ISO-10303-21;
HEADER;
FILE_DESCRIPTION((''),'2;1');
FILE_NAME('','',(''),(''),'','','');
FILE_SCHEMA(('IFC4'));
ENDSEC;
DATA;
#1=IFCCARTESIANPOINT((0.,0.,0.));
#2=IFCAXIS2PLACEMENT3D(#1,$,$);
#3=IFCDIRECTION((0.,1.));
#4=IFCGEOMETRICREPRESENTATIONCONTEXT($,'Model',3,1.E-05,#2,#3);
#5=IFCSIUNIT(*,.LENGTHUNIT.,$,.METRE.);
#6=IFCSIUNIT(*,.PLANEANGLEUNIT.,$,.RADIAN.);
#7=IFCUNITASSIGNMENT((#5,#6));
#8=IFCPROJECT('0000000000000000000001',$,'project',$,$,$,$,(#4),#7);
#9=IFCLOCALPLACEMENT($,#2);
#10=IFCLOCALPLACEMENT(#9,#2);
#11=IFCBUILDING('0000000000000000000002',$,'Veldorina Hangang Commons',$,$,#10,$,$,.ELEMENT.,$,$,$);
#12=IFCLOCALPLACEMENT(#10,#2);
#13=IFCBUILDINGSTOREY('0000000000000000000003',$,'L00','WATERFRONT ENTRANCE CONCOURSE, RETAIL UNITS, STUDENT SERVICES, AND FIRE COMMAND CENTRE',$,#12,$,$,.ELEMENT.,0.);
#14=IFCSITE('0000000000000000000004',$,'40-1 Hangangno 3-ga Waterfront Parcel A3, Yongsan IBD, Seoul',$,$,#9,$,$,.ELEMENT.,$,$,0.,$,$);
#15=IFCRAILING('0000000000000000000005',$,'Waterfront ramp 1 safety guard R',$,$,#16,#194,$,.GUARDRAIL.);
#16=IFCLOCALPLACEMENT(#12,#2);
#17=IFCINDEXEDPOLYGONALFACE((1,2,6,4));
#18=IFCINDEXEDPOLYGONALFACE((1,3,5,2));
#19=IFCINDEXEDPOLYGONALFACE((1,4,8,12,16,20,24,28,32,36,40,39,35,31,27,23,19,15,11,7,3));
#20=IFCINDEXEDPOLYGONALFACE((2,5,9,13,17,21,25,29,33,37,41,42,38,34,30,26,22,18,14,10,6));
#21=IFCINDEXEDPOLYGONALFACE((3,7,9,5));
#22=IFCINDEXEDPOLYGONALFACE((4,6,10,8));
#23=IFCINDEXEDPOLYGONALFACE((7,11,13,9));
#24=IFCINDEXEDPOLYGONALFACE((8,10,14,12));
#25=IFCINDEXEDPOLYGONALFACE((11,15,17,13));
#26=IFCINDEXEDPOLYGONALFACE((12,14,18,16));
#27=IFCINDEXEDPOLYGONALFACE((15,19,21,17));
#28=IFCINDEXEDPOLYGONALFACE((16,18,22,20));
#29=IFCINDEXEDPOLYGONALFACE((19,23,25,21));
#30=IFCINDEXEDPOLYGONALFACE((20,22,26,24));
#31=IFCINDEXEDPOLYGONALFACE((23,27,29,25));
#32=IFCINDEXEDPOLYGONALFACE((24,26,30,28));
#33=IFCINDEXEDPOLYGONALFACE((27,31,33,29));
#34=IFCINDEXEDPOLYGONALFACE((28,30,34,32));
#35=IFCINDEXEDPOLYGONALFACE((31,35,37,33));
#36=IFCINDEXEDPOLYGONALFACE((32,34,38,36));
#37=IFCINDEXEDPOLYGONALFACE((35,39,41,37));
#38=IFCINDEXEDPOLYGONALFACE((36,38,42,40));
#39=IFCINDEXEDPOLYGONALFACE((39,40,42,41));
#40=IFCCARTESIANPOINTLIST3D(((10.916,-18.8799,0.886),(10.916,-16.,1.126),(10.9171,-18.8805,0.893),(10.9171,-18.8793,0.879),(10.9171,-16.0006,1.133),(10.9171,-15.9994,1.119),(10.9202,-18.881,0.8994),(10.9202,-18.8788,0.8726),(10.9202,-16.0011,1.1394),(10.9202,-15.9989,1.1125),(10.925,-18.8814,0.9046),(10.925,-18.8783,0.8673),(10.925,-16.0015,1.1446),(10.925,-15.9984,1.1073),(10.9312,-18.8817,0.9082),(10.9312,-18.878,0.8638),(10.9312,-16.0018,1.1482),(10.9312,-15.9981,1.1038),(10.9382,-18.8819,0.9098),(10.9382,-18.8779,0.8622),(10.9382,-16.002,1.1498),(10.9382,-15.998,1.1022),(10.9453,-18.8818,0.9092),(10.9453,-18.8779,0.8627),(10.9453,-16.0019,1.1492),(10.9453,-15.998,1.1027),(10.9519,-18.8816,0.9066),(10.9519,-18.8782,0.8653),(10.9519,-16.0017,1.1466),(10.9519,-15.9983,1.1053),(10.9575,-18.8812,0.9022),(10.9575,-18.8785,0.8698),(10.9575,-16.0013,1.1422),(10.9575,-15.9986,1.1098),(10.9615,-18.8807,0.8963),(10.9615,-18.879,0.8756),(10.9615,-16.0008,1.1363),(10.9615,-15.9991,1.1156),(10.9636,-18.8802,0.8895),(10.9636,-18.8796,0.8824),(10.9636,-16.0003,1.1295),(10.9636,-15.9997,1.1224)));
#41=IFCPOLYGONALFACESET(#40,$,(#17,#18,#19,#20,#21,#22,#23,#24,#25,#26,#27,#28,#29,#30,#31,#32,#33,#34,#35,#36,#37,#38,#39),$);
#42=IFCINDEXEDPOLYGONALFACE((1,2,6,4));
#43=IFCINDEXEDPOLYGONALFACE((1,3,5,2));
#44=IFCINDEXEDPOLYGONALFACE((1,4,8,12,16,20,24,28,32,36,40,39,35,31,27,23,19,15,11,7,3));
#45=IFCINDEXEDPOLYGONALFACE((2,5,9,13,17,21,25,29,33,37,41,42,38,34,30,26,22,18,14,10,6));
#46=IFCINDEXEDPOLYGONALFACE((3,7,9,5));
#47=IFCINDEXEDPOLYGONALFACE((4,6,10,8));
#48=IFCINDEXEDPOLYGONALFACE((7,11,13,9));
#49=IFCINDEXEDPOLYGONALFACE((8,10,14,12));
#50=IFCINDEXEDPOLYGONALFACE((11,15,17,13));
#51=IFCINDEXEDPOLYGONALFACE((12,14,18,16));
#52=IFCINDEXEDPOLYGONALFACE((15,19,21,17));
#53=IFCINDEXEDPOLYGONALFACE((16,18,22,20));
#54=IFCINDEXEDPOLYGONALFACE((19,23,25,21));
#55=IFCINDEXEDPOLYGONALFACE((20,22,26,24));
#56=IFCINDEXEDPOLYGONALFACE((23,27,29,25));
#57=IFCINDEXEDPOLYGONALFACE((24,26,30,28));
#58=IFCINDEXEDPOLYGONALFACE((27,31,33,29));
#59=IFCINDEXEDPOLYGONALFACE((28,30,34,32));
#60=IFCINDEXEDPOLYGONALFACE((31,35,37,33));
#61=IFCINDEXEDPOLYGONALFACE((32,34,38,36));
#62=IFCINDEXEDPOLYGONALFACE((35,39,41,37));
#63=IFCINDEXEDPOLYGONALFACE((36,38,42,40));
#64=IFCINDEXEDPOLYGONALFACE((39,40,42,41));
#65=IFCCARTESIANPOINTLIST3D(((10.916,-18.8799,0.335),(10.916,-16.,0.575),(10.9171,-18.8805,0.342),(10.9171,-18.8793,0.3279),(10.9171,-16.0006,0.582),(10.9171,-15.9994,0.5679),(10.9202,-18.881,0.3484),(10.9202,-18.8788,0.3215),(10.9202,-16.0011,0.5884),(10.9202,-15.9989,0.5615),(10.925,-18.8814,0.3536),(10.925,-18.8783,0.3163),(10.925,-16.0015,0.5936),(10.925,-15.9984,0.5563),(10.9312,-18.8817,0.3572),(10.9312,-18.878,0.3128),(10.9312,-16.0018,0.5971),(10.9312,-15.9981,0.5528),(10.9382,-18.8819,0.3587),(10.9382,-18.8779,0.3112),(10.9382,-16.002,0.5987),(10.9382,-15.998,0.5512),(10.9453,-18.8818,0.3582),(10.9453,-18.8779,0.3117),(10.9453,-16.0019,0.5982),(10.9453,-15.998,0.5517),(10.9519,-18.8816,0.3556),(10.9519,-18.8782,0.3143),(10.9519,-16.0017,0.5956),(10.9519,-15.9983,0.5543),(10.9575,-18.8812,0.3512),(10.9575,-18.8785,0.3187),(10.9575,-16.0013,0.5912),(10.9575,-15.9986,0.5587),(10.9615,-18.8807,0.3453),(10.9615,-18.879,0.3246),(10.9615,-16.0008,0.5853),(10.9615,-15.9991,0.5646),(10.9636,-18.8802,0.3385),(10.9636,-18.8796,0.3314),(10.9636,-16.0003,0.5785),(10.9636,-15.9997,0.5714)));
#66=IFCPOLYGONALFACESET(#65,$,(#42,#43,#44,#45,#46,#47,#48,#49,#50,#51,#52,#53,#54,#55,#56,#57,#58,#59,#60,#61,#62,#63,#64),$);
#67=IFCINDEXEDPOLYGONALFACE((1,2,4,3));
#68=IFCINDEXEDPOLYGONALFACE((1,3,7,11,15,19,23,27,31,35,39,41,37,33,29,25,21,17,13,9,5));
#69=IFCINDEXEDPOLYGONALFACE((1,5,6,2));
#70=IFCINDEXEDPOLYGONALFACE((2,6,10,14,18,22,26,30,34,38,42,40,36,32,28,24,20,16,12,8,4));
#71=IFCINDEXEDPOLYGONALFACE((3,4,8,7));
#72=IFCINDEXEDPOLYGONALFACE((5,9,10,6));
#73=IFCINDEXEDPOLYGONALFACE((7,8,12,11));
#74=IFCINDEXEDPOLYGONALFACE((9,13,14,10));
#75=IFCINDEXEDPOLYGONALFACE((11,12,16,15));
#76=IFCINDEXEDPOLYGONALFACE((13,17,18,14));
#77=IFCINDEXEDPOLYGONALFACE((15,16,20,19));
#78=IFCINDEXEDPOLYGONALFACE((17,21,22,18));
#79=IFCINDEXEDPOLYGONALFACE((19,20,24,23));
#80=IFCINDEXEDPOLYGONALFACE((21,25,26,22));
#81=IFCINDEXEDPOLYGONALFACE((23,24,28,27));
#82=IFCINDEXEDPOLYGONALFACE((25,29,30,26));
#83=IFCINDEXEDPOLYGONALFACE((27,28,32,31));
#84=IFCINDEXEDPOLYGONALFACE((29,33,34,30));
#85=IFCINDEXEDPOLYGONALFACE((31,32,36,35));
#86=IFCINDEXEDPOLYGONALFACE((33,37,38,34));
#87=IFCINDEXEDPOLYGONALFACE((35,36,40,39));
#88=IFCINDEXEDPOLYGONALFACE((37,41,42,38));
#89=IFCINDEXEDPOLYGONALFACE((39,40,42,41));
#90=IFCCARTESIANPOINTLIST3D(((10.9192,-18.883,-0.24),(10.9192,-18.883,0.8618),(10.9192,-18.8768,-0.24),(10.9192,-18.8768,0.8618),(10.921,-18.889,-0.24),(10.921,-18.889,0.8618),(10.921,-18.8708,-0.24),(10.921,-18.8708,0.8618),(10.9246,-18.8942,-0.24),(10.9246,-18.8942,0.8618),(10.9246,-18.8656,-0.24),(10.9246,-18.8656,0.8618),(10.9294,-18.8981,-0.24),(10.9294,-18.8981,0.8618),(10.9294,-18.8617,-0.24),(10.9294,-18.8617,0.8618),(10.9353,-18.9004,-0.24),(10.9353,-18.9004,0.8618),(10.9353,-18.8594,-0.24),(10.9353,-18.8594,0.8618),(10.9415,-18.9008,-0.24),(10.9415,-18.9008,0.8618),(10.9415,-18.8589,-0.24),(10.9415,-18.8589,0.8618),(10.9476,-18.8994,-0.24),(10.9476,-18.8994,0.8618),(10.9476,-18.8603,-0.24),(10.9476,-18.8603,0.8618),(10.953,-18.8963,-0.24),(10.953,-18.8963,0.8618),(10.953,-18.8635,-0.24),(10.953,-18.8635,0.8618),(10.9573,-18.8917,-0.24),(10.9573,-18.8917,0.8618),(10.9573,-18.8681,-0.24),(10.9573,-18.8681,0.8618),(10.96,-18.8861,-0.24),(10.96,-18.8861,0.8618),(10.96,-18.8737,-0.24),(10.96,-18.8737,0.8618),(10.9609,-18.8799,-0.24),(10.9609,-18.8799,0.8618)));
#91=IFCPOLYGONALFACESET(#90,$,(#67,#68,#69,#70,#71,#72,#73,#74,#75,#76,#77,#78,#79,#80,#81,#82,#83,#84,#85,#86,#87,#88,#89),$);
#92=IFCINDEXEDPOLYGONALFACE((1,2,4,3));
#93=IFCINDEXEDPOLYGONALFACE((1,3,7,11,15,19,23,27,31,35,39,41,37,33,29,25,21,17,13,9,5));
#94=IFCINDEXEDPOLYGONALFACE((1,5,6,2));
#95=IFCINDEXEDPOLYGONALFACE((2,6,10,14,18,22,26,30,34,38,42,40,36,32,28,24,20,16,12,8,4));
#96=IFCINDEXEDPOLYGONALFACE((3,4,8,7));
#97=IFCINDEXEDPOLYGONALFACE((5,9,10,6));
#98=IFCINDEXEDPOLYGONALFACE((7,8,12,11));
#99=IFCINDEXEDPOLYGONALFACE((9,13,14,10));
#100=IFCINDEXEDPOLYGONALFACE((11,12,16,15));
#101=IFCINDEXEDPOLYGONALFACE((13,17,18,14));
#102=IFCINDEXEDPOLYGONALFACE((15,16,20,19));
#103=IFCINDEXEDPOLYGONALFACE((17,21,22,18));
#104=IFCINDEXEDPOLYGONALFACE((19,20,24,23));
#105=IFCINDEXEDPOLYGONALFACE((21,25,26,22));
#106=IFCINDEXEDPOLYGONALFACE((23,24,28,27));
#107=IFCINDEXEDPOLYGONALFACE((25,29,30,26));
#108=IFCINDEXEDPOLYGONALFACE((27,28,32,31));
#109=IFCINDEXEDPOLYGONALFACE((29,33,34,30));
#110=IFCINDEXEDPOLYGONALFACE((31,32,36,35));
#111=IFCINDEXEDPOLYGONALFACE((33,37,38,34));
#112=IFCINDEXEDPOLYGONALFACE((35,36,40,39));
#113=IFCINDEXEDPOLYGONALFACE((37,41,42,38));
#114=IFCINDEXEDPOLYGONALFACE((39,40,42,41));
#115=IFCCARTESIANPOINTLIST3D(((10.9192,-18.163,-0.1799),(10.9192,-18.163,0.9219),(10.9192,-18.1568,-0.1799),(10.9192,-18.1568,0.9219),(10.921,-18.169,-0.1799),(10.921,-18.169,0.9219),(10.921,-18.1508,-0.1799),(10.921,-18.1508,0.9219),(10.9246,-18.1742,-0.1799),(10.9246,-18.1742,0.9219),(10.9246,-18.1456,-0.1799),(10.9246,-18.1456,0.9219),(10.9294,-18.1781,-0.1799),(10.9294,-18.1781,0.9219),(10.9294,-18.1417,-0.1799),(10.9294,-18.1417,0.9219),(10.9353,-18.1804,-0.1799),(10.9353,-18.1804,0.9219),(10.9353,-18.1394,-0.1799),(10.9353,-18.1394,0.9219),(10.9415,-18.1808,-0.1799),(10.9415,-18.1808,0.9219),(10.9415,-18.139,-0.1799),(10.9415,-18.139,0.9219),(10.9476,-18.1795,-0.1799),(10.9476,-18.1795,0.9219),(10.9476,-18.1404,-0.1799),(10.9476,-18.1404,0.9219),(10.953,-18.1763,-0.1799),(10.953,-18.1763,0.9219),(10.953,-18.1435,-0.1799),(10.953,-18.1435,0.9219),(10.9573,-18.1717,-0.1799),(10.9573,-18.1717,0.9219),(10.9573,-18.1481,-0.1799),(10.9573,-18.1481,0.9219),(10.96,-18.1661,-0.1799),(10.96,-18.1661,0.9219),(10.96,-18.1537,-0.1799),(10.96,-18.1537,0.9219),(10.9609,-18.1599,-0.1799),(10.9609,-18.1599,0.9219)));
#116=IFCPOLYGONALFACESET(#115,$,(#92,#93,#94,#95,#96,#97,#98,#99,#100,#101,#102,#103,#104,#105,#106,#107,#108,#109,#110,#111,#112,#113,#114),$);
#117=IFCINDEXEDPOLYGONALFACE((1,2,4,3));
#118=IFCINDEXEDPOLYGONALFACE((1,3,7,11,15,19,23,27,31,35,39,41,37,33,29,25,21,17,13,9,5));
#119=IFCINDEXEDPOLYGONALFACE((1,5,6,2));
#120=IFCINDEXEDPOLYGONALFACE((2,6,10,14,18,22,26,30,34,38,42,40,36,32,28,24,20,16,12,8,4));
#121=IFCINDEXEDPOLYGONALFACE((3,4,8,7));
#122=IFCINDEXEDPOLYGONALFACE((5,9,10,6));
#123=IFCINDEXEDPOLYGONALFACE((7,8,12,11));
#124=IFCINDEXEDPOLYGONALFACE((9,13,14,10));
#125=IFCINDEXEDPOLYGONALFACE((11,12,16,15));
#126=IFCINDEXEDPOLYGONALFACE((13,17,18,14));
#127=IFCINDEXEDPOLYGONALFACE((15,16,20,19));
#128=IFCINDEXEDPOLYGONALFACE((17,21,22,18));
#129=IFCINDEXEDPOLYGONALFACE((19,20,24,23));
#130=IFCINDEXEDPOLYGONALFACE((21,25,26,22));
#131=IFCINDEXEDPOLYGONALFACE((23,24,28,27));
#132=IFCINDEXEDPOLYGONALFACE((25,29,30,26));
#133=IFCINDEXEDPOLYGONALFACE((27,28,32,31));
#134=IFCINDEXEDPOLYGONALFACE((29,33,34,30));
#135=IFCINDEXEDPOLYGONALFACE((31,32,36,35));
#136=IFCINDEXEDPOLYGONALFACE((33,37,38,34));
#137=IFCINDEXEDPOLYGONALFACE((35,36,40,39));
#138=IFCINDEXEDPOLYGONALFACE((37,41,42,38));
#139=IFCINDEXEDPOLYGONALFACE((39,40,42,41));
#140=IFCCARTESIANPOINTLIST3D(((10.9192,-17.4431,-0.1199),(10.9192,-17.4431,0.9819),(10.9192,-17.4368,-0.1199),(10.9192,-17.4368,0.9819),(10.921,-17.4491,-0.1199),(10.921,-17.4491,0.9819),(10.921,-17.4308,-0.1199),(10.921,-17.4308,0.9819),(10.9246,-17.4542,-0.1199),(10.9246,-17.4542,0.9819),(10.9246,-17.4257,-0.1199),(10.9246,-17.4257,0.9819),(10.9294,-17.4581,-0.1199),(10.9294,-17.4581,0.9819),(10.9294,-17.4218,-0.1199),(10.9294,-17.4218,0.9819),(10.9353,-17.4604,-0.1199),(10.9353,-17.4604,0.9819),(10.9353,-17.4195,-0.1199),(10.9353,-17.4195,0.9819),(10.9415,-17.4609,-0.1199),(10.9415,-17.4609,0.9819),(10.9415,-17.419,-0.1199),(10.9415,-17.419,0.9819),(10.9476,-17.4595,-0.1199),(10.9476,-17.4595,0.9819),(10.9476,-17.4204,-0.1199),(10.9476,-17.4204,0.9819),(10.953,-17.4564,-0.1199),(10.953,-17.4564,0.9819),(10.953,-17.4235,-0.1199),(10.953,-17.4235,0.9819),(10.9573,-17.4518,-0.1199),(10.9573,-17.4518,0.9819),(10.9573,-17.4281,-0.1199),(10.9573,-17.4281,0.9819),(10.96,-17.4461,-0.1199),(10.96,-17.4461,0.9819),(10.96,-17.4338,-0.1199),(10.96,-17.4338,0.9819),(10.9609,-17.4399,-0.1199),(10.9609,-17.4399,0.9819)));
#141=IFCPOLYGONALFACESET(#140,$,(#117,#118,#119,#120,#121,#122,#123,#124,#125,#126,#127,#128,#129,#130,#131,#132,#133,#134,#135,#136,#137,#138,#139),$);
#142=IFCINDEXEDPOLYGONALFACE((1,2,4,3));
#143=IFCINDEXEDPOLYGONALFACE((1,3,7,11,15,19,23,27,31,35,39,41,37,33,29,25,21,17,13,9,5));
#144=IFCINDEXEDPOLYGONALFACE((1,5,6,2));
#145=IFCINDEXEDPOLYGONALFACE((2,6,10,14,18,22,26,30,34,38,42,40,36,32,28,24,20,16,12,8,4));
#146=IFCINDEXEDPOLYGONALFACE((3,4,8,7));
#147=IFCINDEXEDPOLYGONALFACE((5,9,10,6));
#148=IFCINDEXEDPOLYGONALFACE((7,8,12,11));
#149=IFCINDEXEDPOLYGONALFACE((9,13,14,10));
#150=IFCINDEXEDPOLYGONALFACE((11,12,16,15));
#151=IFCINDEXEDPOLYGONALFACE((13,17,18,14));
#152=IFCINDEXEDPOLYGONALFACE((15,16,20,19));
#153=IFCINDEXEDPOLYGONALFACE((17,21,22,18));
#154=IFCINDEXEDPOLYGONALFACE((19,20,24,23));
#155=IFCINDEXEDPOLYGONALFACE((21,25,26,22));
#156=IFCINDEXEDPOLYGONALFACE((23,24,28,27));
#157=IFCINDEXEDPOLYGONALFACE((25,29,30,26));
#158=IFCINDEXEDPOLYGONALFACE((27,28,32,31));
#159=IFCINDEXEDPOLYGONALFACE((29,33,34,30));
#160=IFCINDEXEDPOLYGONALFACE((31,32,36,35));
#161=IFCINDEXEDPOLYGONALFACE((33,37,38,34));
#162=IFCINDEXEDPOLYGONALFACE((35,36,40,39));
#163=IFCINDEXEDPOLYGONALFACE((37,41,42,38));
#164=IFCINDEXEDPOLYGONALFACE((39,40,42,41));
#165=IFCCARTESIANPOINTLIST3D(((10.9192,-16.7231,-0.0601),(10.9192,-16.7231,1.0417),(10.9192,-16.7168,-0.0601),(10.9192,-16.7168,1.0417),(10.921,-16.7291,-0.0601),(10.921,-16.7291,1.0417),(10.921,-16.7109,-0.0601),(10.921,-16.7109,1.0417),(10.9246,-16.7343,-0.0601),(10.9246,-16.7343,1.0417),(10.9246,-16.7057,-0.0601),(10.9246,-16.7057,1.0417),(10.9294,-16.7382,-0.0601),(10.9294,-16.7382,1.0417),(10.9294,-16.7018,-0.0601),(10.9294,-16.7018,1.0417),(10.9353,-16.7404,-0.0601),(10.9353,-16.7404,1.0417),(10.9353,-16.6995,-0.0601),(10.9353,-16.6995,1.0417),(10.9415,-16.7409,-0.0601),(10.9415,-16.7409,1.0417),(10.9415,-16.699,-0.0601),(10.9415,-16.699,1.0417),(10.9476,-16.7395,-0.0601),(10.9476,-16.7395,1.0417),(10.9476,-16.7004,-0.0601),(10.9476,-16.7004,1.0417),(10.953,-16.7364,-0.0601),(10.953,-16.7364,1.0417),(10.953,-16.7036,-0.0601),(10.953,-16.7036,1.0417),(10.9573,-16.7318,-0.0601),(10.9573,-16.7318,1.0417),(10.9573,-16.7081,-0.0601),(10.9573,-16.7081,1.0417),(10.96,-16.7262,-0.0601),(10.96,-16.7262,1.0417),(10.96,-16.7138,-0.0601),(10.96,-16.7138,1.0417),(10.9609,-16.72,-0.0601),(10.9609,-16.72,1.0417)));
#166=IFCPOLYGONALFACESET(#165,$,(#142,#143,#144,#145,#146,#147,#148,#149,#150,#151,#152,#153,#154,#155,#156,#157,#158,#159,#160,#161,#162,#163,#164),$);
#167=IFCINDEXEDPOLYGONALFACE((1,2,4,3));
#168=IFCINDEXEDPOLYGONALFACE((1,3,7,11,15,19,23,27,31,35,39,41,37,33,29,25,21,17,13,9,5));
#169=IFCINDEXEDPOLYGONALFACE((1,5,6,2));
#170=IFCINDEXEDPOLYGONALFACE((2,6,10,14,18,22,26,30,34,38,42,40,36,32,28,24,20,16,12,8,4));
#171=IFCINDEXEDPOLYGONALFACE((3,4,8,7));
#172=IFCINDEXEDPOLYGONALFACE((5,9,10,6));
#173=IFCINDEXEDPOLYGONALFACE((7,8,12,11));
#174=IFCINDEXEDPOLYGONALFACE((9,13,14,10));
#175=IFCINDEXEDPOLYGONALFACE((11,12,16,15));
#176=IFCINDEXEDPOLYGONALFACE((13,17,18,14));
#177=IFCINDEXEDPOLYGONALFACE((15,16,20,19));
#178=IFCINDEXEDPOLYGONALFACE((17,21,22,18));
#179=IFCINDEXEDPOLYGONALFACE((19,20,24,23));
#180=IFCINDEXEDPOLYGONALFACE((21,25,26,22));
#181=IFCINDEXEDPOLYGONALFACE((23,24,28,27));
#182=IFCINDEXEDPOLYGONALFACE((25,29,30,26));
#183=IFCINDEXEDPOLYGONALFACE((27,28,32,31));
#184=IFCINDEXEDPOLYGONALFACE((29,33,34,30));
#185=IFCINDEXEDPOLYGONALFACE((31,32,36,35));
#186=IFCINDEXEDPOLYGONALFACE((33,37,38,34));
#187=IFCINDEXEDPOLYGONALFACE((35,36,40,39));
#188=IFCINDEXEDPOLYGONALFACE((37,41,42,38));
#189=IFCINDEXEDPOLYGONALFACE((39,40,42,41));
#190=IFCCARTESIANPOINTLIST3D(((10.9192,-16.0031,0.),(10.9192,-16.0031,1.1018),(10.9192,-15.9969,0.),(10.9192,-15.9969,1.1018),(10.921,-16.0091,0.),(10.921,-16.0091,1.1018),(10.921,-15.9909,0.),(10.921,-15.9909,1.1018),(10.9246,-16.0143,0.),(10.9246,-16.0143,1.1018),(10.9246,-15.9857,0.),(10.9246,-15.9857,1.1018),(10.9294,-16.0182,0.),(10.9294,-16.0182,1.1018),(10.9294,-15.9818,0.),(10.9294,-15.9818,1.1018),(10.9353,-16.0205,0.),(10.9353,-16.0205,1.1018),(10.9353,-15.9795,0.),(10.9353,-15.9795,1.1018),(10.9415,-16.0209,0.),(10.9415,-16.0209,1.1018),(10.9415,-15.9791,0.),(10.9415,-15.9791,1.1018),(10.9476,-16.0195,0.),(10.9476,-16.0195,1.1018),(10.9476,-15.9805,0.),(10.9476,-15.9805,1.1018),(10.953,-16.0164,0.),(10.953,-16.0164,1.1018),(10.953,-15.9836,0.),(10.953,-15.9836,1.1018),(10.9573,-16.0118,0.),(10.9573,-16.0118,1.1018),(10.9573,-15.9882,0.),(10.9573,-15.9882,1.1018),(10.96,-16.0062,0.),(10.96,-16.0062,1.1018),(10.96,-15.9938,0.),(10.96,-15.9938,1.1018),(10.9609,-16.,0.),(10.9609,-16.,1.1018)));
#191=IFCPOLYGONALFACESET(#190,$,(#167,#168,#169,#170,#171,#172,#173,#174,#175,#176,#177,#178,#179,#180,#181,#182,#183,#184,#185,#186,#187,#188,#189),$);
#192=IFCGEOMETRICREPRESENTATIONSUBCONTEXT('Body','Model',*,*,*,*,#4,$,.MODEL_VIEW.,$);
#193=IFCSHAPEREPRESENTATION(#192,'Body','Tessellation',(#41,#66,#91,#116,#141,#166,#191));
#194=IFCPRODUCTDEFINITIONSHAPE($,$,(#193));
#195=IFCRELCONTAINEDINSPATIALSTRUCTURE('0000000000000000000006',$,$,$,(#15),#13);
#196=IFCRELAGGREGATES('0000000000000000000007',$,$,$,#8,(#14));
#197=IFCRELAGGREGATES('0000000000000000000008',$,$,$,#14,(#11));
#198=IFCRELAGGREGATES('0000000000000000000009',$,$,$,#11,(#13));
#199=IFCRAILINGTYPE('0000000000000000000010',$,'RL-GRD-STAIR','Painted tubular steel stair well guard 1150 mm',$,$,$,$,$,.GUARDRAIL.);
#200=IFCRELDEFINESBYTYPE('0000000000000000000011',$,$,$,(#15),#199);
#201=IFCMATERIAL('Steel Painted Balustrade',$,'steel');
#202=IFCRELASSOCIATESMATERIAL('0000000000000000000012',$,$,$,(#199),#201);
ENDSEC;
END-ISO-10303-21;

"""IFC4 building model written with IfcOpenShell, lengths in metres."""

from ifc_helpers import new_model, si_unit, direction, frame, origin, origin_2d, place, context, subcontext, project, spatial, circle, extrude, material, type_object, element, save


model = new_model("IFC4")

# Units and contexts
model_context = context("Model", 3, precision=1e-05, world=origin(), true_north=direction((0.0, 1.0)))
body_context = subcontext(model_context, "Body", "Model", "MODEL_VIEW")
ifc_project = project(units=[si_unit("LENGTHUNIT", "METRE"), si_unit("PLANEANGLEUNIT", "RADIAN")], contexts=[model_context])

# Site, building, storey
site_placement = place(None, origin())
site = spatial("IfcSite", under=ifc_project, at=site_placement, Name="40-1 Hangangno 3-ga Waterfront Parcel A3, Yongsan IBD, Seoul", CompositionType="ELEMENT", RefElevation=0.0)
building_placement = place(site_placement, origin())
building = spatial("IfcBuilding", under=site, at=building_placement, Name="Veldorina Hangang Commons", CompositionType="ELEMENT")
storey_placement = place(building_placement, origin())
storey = spatial("IfcBuildingStorey", under=building, at=storey_placement, Name="L00", Description="WATERFRONT ENTRANCE CONCOURSE, RETAIL UNITS, STUDENT SERVICES, AND FIRE COMMAND CENTRE", CompositionType="ELEMENT", Elevation=0.0)

# Railing
ifc_material_1 = material(Name="Steel Painted Balustrade", Category="steel")
railing_type_1 = type_object("IfcRailingType", Name="RL-GRD-STAIR", Description="Painted tubular steel stair well guard 1150 mm", PredefinedType="GUARDRAIL", material=ifc_material_1)
for number, where, name in (
    (1, (10.9399, -18.8799, -0.24), "Waterfront ramp 1 safety guard R"),
):
    element("IfcRailing", number, at=place(storey_placement, frame(where)), inside=storey, type_object=railing_type_1, Name=name, PredefinedType="GUARDRAIL", context=body_context, shape_type="SweptSolid", body=[
        extrude(circle(Radius=0.0239, at=origin_2d()), frame((0.0, 0.0, 1.126), z_axis=(0.0, 0.996546, 0.083045), x_axis=(-1.0, 0.0, 0.0)), (0.0, 0.0, 1.0), 2.8899),
        extrude(circle(Radius=0.0239, at=origin_2d()), frame((0.0, 0.0, 0.575), z_axis=(0.0, 0.996546, 0.083045), x_axis=(-1.0, 0.0, 0.0)), (0.0, 0.0, 1.0), 2.8899),
        extrude(circle(Radius=0.021, at=origin_2d()), origin(), (0.0, 0.0, 1.0), 1.1018),
        extrude(circle(Radius=0.021, at=origin_2d()), frame((0.0, 0.72, 0.0601)), (0.0, 0.0, 1.0), 1.1018),
        extrude(circle(Radius=0.021, at=origin_2d()), frame((0.0, 1.4399, 0.1201)), (0.0, 0.0, 1.0), 1.1018),
        extrude(circle(Radius=0.021, at=origin_2d()), frame((0.0, 2.1599, 0.1799)), (0.0, 0.0, 1.0), 1.1018),
        extrude(circle(Radius=0.021, at=origin_2d()), frame((0.0, 2.8799, 0.24)), (0.0, 0.0, 1.0), 1.1018),
    ])

save(model, "model.ifc")
